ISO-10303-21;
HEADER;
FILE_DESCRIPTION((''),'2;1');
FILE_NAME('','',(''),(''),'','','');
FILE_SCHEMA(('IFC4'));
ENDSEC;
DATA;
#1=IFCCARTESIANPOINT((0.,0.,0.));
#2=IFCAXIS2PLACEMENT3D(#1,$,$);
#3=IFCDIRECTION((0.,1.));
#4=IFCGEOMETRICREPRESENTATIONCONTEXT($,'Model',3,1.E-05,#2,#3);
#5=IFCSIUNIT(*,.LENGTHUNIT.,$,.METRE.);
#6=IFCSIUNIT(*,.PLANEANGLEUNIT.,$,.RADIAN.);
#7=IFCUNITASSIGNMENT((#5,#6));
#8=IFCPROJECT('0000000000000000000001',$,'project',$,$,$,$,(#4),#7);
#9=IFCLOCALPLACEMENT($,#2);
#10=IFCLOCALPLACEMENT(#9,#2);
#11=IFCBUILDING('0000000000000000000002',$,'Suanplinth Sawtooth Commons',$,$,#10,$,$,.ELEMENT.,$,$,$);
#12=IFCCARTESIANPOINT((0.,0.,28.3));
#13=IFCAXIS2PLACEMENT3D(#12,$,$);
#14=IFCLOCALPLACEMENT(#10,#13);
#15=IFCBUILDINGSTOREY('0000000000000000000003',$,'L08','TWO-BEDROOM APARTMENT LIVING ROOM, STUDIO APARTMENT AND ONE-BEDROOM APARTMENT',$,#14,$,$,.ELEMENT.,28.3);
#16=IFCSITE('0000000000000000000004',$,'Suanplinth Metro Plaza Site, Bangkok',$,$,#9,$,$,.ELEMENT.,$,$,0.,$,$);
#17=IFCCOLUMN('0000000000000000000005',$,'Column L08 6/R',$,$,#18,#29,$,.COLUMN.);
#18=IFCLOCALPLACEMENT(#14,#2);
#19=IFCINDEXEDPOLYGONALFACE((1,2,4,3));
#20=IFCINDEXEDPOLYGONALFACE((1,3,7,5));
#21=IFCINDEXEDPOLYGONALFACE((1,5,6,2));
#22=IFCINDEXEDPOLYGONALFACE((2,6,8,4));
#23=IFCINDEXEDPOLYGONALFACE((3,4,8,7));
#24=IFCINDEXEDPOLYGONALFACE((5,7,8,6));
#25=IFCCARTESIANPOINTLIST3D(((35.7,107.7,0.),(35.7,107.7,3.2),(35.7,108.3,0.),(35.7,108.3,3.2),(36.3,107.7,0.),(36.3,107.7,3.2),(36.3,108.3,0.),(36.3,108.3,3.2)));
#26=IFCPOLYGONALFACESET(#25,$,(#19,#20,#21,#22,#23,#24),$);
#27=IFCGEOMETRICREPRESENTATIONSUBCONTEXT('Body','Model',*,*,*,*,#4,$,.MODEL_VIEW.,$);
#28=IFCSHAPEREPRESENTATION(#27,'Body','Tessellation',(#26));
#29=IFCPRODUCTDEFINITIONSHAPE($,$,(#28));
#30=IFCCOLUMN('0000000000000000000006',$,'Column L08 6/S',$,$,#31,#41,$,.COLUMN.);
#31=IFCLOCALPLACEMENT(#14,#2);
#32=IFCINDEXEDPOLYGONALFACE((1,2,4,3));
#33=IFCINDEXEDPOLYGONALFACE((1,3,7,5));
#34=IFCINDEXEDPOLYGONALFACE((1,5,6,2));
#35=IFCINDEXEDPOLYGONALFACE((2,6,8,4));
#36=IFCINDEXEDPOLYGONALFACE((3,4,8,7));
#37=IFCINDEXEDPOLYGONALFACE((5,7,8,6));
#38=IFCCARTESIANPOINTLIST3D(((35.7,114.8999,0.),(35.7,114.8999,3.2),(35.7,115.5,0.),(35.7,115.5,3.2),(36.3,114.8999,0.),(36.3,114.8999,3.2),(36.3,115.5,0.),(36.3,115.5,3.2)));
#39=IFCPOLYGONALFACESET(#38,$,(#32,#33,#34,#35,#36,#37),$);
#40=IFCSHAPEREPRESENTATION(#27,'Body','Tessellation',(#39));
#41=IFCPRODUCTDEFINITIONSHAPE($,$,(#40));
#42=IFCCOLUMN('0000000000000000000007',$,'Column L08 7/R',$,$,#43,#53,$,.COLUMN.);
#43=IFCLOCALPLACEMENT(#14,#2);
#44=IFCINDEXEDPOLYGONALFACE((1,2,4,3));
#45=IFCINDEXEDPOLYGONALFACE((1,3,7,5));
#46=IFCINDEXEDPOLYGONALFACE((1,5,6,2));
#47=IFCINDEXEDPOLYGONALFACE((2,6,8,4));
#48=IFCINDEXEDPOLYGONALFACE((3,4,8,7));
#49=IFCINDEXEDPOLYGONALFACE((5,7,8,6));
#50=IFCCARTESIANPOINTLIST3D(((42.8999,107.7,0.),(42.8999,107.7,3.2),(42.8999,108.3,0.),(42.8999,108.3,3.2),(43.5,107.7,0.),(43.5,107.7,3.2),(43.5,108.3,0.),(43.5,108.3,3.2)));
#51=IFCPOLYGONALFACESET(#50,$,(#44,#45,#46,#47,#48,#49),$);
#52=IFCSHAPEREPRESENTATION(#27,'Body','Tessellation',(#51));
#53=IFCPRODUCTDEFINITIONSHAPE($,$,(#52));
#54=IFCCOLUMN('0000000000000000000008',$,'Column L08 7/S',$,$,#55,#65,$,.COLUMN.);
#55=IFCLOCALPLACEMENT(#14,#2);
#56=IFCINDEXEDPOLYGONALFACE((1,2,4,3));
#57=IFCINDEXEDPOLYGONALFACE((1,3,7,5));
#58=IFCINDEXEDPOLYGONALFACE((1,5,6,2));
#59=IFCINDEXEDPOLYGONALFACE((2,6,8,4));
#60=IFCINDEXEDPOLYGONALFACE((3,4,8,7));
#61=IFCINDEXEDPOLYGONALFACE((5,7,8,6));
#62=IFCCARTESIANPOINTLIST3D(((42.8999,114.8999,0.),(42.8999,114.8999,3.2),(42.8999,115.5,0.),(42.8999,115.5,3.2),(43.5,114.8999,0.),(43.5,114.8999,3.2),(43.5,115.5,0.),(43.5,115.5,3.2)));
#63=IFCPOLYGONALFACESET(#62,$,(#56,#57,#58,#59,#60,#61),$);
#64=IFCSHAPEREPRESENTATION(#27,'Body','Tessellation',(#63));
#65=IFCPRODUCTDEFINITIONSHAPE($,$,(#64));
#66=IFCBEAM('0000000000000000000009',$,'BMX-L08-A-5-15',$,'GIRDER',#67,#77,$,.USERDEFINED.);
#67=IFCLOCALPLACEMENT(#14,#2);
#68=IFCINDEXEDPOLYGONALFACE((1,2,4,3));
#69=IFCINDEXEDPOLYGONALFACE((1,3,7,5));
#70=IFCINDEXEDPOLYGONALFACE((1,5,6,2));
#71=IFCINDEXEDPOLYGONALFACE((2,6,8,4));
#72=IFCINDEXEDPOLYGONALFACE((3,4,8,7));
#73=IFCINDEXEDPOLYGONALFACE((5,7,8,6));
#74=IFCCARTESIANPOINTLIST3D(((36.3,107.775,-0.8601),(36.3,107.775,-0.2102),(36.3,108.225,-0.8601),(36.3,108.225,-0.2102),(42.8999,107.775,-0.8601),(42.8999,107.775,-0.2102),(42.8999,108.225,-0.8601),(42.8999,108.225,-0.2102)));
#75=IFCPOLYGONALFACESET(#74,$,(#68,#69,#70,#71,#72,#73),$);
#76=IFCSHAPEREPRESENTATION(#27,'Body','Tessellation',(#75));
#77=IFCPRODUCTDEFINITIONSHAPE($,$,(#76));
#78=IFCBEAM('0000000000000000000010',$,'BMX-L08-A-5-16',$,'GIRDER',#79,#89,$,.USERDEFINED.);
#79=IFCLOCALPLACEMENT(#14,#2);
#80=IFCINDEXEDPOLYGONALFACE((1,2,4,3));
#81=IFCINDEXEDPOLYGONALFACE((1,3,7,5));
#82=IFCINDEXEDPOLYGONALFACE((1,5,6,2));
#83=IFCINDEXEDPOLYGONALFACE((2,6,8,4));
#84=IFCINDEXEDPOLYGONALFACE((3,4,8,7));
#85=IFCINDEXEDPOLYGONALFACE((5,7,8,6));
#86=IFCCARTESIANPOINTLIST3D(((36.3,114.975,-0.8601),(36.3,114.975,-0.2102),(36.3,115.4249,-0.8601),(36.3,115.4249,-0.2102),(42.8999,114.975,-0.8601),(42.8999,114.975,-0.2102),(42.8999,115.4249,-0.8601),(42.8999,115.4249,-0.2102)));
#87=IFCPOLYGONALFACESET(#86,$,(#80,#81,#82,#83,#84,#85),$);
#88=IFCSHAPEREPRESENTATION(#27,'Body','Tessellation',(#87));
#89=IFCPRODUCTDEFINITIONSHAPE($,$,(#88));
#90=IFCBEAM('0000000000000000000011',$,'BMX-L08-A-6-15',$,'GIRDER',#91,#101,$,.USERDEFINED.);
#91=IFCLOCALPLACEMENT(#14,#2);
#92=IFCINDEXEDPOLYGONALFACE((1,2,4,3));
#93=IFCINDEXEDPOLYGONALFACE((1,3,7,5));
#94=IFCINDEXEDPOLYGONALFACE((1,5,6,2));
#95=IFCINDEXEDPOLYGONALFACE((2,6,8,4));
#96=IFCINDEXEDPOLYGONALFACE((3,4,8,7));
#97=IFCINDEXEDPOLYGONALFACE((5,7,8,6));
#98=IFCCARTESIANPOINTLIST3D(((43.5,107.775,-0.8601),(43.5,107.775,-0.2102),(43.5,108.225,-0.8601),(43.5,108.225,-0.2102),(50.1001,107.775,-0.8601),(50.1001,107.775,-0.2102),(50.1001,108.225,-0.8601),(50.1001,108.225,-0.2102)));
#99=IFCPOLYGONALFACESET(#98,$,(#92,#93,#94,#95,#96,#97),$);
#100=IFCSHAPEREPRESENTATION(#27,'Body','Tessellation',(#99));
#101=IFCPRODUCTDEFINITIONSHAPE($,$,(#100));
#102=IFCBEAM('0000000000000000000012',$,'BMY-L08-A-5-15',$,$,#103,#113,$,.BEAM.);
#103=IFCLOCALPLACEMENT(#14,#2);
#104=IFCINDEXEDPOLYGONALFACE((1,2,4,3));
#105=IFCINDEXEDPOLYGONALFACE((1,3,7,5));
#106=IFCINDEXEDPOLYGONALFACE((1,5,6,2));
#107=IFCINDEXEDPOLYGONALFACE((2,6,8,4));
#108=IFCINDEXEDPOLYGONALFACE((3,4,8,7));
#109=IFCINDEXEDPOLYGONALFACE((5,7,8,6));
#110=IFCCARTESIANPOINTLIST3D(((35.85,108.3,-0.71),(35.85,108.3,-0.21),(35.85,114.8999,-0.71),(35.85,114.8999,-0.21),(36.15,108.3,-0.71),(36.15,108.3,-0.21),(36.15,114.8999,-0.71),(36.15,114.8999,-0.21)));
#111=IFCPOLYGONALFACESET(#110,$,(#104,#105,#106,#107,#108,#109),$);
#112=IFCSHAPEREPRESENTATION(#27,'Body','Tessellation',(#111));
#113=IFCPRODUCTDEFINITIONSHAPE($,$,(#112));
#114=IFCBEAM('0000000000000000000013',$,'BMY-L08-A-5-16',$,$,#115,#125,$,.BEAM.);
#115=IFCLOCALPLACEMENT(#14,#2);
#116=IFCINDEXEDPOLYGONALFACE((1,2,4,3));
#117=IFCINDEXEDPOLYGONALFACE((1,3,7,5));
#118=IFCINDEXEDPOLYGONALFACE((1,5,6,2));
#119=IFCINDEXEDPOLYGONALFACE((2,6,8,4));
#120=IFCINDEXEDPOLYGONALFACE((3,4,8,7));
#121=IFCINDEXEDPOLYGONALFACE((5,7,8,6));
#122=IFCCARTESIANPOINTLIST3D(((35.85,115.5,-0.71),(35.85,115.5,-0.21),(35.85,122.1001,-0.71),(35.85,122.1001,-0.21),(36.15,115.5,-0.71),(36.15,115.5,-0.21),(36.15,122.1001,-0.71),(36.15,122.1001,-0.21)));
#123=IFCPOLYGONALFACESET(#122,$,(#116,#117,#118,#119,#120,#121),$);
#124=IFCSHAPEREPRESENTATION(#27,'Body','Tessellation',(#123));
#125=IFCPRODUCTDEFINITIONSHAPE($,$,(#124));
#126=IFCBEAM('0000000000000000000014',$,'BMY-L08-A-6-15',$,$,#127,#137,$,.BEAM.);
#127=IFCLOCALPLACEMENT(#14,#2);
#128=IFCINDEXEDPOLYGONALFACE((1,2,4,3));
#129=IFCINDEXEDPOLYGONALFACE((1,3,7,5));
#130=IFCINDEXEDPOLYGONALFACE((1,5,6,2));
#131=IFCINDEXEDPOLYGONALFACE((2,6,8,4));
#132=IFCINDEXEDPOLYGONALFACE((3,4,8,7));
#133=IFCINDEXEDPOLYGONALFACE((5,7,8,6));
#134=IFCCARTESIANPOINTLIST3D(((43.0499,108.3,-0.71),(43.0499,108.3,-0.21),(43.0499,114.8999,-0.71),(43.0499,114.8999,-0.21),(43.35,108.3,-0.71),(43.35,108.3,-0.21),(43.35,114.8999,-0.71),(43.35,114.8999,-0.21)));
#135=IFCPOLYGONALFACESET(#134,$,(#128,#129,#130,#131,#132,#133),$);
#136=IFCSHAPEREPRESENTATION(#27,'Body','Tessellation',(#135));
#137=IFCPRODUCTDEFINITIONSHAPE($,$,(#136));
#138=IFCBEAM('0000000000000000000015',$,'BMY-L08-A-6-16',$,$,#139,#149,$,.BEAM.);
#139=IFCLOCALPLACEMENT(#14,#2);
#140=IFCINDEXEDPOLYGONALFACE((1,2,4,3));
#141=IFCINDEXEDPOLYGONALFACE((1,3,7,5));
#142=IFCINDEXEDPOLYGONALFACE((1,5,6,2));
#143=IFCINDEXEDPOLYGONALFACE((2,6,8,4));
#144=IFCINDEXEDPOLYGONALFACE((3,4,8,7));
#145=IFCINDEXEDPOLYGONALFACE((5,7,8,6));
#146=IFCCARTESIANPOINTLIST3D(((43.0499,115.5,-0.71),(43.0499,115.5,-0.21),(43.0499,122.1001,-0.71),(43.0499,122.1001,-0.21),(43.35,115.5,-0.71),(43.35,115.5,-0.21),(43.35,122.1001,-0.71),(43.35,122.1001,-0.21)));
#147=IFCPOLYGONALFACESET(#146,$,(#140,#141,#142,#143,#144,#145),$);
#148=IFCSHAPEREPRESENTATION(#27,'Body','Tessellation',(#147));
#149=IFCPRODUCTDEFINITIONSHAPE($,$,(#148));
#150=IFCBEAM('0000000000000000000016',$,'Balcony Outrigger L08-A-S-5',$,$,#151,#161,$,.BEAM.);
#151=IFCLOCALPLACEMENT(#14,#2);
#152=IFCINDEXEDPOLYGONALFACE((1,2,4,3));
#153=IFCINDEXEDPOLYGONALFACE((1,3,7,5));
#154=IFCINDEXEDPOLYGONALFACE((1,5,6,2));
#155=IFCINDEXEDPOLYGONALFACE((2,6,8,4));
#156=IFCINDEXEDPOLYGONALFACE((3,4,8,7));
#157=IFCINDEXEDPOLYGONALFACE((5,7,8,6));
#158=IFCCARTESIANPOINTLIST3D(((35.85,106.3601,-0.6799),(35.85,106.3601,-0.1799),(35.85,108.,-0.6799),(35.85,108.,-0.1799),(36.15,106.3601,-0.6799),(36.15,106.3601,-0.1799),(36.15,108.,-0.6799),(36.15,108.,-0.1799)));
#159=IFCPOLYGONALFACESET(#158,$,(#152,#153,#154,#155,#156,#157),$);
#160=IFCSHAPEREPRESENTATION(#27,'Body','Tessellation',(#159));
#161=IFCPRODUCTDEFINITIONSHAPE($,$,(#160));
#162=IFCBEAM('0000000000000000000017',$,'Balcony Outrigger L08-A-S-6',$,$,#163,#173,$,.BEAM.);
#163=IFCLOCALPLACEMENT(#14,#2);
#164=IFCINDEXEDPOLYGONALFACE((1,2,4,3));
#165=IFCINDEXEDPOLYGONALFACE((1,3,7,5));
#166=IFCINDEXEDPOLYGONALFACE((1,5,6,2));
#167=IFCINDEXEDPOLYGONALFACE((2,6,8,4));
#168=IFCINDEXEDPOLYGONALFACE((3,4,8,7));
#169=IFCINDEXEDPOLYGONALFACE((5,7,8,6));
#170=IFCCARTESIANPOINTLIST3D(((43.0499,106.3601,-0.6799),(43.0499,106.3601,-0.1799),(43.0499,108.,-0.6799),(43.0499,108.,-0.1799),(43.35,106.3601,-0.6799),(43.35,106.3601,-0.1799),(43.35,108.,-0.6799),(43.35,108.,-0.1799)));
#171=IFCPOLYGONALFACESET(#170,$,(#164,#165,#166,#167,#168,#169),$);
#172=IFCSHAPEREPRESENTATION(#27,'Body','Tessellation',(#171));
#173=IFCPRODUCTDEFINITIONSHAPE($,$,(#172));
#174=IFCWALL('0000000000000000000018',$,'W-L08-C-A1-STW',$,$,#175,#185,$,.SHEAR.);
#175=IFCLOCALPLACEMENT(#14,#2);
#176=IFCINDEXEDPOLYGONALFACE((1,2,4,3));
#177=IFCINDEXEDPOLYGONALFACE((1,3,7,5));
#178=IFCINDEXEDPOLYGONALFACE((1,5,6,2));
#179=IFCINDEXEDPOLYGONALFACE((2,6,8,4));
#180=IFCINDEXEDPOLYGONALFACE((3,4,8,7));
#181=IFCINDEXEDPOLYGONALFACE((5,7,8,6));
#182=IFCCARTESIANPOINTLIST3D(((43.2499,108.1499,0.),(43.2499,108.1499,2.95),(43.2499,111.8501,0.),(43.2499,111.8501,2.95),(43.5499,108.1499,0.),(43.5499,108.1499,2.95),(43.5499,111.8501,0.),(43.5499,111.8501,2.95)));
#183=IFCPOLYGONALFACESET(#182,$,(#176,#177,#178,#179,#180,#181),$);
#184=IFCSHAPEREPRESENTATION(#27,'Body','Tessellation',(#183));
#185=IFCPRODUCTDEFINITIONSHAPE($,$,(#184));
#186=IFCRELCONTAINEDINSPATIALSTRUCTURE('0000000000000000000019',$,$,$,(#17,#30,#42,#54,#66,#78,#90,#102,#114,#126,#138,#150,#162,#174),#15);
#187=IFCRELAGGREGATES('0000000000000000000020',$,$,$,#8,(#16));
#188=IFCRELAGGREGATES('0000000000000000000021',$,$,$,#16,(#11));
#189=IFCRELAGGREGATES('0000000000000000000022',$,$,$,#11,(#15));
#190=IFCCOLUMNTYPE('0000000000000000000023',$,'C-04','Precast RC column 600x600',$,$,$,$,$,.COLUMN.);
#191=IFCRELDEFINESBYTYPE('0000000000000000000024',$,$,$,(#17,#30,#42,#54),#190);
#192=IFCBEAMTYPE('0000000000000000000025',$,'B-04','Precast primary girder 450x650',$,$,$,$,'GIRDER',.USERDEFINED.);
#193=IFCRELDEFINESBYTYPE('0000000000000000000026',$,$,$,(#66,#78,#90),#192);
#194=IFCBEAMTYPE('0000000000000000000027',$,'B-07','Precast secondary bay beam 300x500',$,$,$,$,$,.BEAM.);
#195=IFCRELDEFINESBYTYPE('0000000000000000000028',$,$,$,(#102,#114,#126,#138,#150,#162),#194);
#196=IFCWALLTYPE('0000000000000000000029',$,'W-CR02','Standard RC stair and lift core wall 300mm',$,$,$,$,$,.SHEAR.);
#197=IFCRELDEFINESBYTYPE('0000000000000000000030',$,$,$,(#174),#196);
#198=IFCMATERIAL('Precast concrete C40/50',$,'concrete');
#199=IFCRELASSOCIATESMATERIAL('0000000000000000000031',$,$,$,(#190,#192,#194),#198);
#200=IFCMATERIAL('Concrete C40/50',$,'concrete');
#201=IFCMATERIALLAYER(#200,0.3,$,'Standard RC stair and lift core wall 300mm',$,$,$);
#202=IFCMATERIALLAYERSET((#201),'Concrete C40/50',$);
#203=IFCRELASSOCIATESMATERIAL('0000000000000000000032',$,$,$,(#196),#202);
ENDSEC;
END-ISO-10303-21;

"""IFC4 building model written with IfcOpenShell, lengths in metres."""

from ifc_helpers import new_model, si_unit, direction, frame, frame_2d, origin, origin_2d, place, context, subcontext, project, spatial, rectangle, extrude, material, layer, layer_set, material_profile, profile_set, type_object, element, save


model = new_model("IFC4")

# Units and contexts
model_context = context("Model", 3, precision=1e-05, world=origin(), true_north=direction((0.0, 1.0)))
body_context = subcontext(model_context, "Body", "Model", "MODEL_VIEW")
ifc_project = project(units=[si_unit("LENGTHUNIT", "METRE"), si_unit("PLANEANGLEUNIT", "RADIAN")], contexts=[model_context])

# Site, building, storey
site_placement = place(None, origin())
site = spatial("IfcSite", under=ifc_project, at=site_placement, Name="Suanplinth Metro Plaza Site, Bangkok", CompositionType="ELEMENT", RefElevation=0.0)
building_placement = place(site_placement, origin())
building = spatial("IfcBuilding", under=site, at=building_placement, Name="Suanplinth Sawtooth Commons", CompositionType="ELEMENT")
storey_placement = place(building_placement, frame((0.0, 0.0, 28.3)))
storey = spatial("IfcBuildingStorey", under=building, at=storey_placement, Name="L08", Description="TWO-BEDROOM APARTMENT LIVING ROOM, STUDIO APARTMENT AND ONE-BEDROOM APARTMENT", CompositionType="ELEMENT", Elevation=28.3)

# Columns
ifc_material_1 = material(Name="Precast concrete C40/50", Category="concrete")
ifc_material_profile_1 = material_profile(ifc_material_1, rectangle(XDim=0.6001, YDim=0.6001, at=origin_2d()), Name="PC-COL 600x600")
ifc_profile_set_1 = profile_set([ifc_material_profile_1], Name="Precast concrete C40/50")
column_type = type_object("IfcColumnType", Name="C-04", Description="Precast RC column 600x600", PredefinedType="COLUMN", material=ifc_profile_set_1)
for number, where, z_axis, x_axis, name in (
    (1, (36.0, 108.0, 0.0), (0.0, 0.0, 1.0), (1.0, 0.0, 0.0), "Column L08 6/R"),
    (2, (36.0, 115.2, 0.0), (0.0, 0.0, 1.0), (1.0, 0.0, 0.0), "Column L08 6/S"),
    (3, (43.2, 108.0, 0.0), (0.0, 0.0, 1.0), (1.0, 0.0, 0.0), "Column L08 7/R"),
    (4, (43.2, 115.2, 0.0), (0.0, 0.0, 1.0), (1.0, 0.0, 0.0), "Column L08 7/S"),
):
    element("IfcColumn", number, at=place(storey_placement, frame(where, z_axis=z_axis, x_axis=x_axis)), inside=storey, type_object=column_type, Name=name, PredefinedType="COLUMN", context=body_context, shape_type="SweptSolid", body=[
        extrude(rectangle(XDim=0.6001, YDim=0.6001, at=origin_2d()), origin(), (0.0, 0.0, 1.0), 3.2),
    ])

# Beams
ifc_material_profile_2 = material_profile(ifc_material_1, rectangle(XDim=0.45, YDim=0.6499, at=origin_2d()), Name="PC-GDR 450x650")
ifc_profile_set_2 = profile_set([ifc_material_profile_2], Name="Precast concrete C40/50")
beam_type_1 = type_object("IfcBeamType", Name="B-04", Description="Precast primary girder 450x650", ElementType="GIRDER", PredefinedType="USERDEFINED", material=ifc_profile_set_2)
for number, where, z_axis, x_axis, name in (
    (5, (36.3, 108.0, -0.5352), (1.0, 0.0, 0.0), (0.0, 1.0, 0.0), "BMX-L08-A-5-15"),
    (6, (36.3, 115.2, -0.5352), (1.0, 0.0, 0.0), (0.0, 1.0, 0.0), "BMX-L08-A-5-16"),
):
    element("IfcBeam", number, at=place(storey_placement, frame(where, z_axis=z_axis, x_axis=x_axis)), inside=storey, type_object=beam_type_1, Name=name, ObjectType="GIRDER", PredefinedType="USERDEFINED", context=body_context, shape_type="SweptSolid", body=[
        extrude(rectangle(XDim=0.45, YDim=0.6499, at=origin_2d()), origin(), (0.0, 0.0, 1.0), 6.5999),
    ])
beam_1_placement = place(storey_placement, frame((43.5, 108.0, -0.5352), z_axis=(1.0, 0.0, 0.0), x_axis=(0.0, 1.0, 0.0)))
element("IfcBeam", 7, at=beam_1_placement, inside=storey, type_object=beam_type_1, Name="BMX-L08-A-6-15", ObjectType="GIRDER", PredefinedType="USERDEFINED", context=body_context, shape_type="SweptSolid", body=[
    extrude(rectangle(XDim=0.45, YDim=0.6499, at=origin_2d()), origin(), (0.0, 0.0, 1.0), 6.6001),
])
ifc_material_profile_3 = material_profile(ifc_material_1, rectangle(XDim=0.3, YDim=0.5, at=origin_2d()), Name="PC-BM 300x500")
ifc_profile_set_3 = profile_set([ifc_material_profile_3], Name="Precast concrete C40/50")
beam_type_2 = type_object("IfcBeamType", Name="B-07", Description="Precast secondary bay beam 300x500", PredefinedType="BEAM", material=ifc_profile_set_3)
beam_2_placement = place(storey_placement, frame((36.0, 108.3, -0.46), z_axis=(0.0, 1.0, 0.0), x_axis=(-1.0, 0.0, 0.0)))
element("IfcBeam", 8, at=beam_2_placement, inside=storey, type_object=beam_type_2, Name="BMY-L08-A-5-15", PredefinedType="BEAM", context=body_context, shape_type="SweptSolid", body=[
    extrude(rectangle(XDim=0.3, YDim=0.5, at=origin_2d()), origin(), (0.0, 0.0, 1.0), 6.5999),
])
beam_3_placement = place(storey_placement, frame((36.0, 115.5, -0.46), z_axis=(0.0, 1.0, 0.0), x_axis=(-1.0, 0.0, 0.0)))
element("IfcBeam", 9, at=beam_3_placement, inside=storey, type_object=beam_type_2, Name="BMY-L08-A-5-16", PredefinedType="BEAM", context=body_context, shape_type="SweptSolid", body=[
    extrude(rectangle(XDim=0.3, YDim=0.5, at=origin_2d()), origin(), (0.0, 0.0, 1.0), 6.6001),
])
beam_4_placement = place(storey_placement, frame((43.2, 108.3, -0.46), z_axis=(0.0, 1.0, 0.0), x_axis=(-1.0, 0.0, 0.0)))
element("IfcBeam", 10, at=beam_4_placement, inside=storey, type_object=beam_type_2, Name="BMY-L08-A-6-15", PredefinedType="BEAM", context=body_context, shape_type="SweptSolid", body=[
    extrude(rectangle(XDim=0.3, YDim=0.5, at=origin_2d()), origin(), (0.0, 0.0, 1.0), 6.5999),
])
beam_5_placement = place(storey_placement, frame((43.2, 115.5, -0.46), z_axis=(0.0, 1.0, 0.0), x_axis=(-1.0, 0.0, 0.0)))
element("IfcBeam", 11, at=beam_5_placement, inside=storey, type_object=beam_type_2, Name="BMY-L08-A-6-16", PredefinedType="BEAM", context=body_context, shape_type="SweptSolid", body=[
    extrude(rectangle(XDim=0.3, YDim=0.5, at=origin_2d()), origin(), (0.0, 0.0, 1.0), 6.6001),
])
for number, where, z_axis, x_axis, name in (
    (12, (36.0, 108.0, -0.4299), (0.0, -1.0, 0.0), (1.0, 0.0, 0.0), "Balcony Outrigger L08-A-S-5"),
    (13, (43.2, 108.0, -0.4299), (0.0, -1.0, 0.0), (1.0, 0.0, 0.0), "Balcony Outrigger L08-A-S-6"),
):
    element("IfcBeam", number, at=place(storey_placement, frame(where, z_axis=z_axis, x_axis=x_axis)), inside=storey, type_object=beam_type_2, Name=name, PredefinedType="BEAM", context=body_context, shape_type="SweptSolid", body=[
        extrude(rectangle(XDim=0.3, YDim=0.5, at=origin_2d()), origin(), (0.0, 0.0, 1.0), 1.6399),
    ])

# Wall
ifc_material_2 = material(Name="Concrete C40/50", Category="concrete")
ifc_layer_1 = layer(ifc_material_2, 0.3, Name="Standard RC stair and lift core wall 300mm")
ifc_layer_set_1 = layer_set([ifc_layer_1], Name="Concrete C40/50")
wall_type_1 = type_object("IfcWallType", Name="W-CR02", Description="Standard RC stair and lift core wall 300mm", PredefinedType="SHEAR", material=ifc_layer_set_1)
wall_1_placement = place(storey_placement, frame((43.3999, 108.1499, 0.0), z_axis=(0.0, 0.0, 1.0), x_axis=(0.0, 1.0, 0.0)))
element("IfcWall", 14, at=wall_1_placement, inside=storey, type_object=wall_type_1, Name="W-L08-C-A1-STW", PredefinedType="SHEAR", context=body_context, shape_type="SweptSolid", body=[
    extrude(rectangle(XDim=3.7002, YDim=0.3, at=frame_2d((1.8501, 0.0))), origin(), (0.0, 0.0, 1.0), 2.95),
])

save(model, "model.ifc")
